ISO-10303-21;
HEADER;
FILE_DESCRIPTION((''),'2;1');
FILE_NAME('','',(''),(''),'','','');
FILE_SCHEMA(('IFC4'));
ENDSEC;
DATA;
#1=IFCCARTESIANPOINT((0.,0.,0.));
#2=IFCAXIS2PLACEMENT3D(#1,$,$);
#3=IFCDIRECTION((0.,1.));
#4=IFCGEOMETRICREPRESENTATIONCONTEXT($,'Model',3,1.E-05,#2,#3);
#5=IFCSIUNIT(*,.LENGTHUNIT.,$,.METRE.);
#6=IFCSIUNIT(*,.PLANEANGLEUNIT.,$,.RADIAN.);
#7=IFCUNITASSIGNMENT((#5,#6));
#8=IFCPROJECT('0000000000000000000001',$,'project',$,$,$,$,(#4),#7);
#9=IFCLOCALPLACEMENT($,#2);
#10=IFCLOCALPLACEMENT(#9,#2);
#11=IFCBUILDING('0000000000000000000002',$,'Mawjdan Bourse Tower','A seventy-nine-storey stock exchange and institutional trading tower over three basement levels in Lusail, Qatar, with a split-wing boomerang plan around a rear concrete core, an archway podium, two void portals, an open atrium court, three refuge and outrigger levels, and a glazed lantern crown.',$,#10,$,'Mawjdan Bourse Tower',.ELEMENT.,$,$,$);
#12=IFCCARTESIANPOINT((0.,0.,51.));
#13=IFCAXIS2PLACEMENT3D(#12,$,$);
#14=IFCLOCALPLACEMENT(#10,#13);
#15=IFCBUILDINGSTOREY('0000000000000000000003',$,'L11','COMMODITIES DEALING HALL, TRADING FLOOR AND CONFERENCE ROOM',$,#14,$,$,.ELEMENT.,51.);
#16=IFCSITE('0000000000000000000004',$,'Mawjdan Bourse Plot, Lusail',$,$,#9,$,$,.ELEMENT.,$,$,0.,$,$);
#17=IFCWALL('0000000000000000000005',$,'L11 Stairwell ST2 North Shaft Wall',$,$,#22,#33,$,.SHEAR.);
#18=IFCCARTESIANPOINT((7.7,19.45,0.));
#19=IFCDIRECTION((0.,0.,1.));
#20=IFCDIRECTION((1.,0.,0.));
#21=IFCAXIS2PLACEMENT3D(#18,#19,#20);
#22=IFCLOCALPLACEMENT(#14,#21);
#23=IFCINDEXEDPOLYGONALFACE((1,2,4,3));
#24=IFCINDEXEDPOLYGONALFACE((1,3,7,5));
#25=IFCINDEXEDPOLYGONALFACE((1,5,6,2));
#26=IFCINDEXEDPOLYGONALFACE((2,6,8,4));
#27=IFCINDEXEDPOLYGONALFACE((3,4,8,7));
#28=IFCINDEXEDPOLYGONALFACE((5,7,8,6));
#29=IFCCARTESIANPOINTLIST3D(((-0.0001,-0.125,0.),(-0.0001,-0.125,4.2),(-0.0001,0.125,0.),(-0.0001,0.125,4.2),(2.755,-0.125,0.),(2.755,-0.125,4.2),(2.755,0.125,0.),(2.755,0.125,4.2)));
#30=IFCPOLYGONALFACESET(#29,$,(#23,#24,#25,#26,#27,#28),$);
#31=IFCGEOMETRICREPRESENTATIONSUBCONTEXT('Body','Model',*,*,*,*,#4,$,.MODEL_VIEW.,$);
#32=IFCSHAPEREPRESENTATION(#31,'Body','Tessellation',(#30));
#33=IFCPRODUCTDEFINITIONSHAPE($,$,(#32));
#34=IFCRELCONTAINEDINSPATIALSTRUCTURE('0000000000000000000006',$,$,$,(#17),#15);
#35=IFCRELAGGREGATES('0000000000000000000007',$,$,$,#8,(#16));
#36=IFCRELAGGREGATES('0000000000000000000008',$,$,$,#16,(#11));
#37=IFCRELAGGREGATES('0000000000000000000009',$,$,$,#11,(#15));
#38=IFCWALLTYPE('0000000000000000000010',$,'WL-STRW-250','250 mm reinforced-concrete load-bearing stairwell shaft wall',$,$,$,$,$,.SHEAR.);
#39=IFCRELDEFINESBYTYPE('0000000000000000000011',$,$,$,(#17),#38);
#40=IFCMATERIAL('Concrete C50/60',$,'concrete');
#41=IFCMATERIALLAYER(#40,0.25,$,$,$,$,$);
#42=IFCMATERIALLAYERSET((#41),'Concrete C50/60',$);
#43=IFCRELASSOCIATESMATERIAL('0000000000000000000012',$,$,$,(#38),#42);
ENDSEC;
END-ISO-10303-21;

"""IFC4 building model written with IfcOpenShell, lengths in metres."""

from ifc_helpers import new_model, si_unit, direction, frame, frame_2d, origin, place, context, subcontext, project, spatial, rectangle, extrude, material, layer, layer_set, type_object, element, save


model = new_model("IFC4")

# Units and contexts
model_context = context("Model", 3, precision=1e-05, world=origin(), true_north=direction((0.0, 1.0)))
body_context = subcontext(model_context, "Body", "Model", "MODEL_VIEW")
ifc_project = project(units=[si_unit("LENGTHUNIT", "METRE"), si_unit("PLANEANGLEUNIT", "RADIAN")], contexts=[model_context])

# Site, building, storey
site_placement = place(None, origin())
site = spatial("IfcSite", under=ifc_project, at=site_placement, Name="Mawjdan Bourse Plot, Lusail", CompositionType="ELEMENT", RefElevation=0.0)
building_placement = place(site_placement, origin())
building = spatial("IfcBuilding", under=site, at=building_placement, Name="Mawjdan Bourse Tower", Description="A seventy-nine-storey stock exchange and institutional trading tower over three basement levels in Lusail, Qatar, with a split-wing boomerang plan around a rear concrete core, an archway podium, two void portals, an open atrium court, three refuge and outrigger levels, and a glazed lantern crown.", LongName="Mawjdan Bourse Tower", CompositionType="ELEMENT")
storey_placement = place(building_placement, frame((0.0, 0.0, 51.0)))
storey = spatial("IfcBuildingStorey", under=building, at=storey_placement, Name="L11", Description="COMMODITIES DEALING HALL, TRADING FLOOR AND CONFERENCE ROOM", CompositionType="ELEMENT", Elevation=51.0)

# Wall
ifc_material_1 = material(Name="Concrete C50/60", Category="concrete")
ifc_layer_1 = layer(ifc_material_1, 0.25)
ifc_layer_set_1 = layer_set([ifc_layer_1], Name="Concrete C50/60")
wall_type_1 = type_object("IfcWallType", Name="WL-STRW-250", Description="250 mm reinforced-concrete load-bearing stairwell shaft wall", PredefinedType="SHEAR", material=ifc_layer_set_1)
wall_1_placement = place(storey_placement, frame((7.7, 19.45, 0.0), z_axis=(0.0, 0.0, 1.0), x_axis=(1.0, 0.0, 0.0)))
element("IfcWall", 1, at=wall_1_placement, inside=storey, type_object=wall_type_1, Name="L11 Stairwell ST2 North Shaft Wall", PredefinedType="SHEAR", context=body_context, shape_type="SweptSolid", body=[
    extrude(rectangle(XDim=2.7551, YDim=0.25, at=frame_2d((1.3774, 0.0))), origin(), (0.0, 0.0, 1.0), 4.2),
])

save(model, "model.ifc")
